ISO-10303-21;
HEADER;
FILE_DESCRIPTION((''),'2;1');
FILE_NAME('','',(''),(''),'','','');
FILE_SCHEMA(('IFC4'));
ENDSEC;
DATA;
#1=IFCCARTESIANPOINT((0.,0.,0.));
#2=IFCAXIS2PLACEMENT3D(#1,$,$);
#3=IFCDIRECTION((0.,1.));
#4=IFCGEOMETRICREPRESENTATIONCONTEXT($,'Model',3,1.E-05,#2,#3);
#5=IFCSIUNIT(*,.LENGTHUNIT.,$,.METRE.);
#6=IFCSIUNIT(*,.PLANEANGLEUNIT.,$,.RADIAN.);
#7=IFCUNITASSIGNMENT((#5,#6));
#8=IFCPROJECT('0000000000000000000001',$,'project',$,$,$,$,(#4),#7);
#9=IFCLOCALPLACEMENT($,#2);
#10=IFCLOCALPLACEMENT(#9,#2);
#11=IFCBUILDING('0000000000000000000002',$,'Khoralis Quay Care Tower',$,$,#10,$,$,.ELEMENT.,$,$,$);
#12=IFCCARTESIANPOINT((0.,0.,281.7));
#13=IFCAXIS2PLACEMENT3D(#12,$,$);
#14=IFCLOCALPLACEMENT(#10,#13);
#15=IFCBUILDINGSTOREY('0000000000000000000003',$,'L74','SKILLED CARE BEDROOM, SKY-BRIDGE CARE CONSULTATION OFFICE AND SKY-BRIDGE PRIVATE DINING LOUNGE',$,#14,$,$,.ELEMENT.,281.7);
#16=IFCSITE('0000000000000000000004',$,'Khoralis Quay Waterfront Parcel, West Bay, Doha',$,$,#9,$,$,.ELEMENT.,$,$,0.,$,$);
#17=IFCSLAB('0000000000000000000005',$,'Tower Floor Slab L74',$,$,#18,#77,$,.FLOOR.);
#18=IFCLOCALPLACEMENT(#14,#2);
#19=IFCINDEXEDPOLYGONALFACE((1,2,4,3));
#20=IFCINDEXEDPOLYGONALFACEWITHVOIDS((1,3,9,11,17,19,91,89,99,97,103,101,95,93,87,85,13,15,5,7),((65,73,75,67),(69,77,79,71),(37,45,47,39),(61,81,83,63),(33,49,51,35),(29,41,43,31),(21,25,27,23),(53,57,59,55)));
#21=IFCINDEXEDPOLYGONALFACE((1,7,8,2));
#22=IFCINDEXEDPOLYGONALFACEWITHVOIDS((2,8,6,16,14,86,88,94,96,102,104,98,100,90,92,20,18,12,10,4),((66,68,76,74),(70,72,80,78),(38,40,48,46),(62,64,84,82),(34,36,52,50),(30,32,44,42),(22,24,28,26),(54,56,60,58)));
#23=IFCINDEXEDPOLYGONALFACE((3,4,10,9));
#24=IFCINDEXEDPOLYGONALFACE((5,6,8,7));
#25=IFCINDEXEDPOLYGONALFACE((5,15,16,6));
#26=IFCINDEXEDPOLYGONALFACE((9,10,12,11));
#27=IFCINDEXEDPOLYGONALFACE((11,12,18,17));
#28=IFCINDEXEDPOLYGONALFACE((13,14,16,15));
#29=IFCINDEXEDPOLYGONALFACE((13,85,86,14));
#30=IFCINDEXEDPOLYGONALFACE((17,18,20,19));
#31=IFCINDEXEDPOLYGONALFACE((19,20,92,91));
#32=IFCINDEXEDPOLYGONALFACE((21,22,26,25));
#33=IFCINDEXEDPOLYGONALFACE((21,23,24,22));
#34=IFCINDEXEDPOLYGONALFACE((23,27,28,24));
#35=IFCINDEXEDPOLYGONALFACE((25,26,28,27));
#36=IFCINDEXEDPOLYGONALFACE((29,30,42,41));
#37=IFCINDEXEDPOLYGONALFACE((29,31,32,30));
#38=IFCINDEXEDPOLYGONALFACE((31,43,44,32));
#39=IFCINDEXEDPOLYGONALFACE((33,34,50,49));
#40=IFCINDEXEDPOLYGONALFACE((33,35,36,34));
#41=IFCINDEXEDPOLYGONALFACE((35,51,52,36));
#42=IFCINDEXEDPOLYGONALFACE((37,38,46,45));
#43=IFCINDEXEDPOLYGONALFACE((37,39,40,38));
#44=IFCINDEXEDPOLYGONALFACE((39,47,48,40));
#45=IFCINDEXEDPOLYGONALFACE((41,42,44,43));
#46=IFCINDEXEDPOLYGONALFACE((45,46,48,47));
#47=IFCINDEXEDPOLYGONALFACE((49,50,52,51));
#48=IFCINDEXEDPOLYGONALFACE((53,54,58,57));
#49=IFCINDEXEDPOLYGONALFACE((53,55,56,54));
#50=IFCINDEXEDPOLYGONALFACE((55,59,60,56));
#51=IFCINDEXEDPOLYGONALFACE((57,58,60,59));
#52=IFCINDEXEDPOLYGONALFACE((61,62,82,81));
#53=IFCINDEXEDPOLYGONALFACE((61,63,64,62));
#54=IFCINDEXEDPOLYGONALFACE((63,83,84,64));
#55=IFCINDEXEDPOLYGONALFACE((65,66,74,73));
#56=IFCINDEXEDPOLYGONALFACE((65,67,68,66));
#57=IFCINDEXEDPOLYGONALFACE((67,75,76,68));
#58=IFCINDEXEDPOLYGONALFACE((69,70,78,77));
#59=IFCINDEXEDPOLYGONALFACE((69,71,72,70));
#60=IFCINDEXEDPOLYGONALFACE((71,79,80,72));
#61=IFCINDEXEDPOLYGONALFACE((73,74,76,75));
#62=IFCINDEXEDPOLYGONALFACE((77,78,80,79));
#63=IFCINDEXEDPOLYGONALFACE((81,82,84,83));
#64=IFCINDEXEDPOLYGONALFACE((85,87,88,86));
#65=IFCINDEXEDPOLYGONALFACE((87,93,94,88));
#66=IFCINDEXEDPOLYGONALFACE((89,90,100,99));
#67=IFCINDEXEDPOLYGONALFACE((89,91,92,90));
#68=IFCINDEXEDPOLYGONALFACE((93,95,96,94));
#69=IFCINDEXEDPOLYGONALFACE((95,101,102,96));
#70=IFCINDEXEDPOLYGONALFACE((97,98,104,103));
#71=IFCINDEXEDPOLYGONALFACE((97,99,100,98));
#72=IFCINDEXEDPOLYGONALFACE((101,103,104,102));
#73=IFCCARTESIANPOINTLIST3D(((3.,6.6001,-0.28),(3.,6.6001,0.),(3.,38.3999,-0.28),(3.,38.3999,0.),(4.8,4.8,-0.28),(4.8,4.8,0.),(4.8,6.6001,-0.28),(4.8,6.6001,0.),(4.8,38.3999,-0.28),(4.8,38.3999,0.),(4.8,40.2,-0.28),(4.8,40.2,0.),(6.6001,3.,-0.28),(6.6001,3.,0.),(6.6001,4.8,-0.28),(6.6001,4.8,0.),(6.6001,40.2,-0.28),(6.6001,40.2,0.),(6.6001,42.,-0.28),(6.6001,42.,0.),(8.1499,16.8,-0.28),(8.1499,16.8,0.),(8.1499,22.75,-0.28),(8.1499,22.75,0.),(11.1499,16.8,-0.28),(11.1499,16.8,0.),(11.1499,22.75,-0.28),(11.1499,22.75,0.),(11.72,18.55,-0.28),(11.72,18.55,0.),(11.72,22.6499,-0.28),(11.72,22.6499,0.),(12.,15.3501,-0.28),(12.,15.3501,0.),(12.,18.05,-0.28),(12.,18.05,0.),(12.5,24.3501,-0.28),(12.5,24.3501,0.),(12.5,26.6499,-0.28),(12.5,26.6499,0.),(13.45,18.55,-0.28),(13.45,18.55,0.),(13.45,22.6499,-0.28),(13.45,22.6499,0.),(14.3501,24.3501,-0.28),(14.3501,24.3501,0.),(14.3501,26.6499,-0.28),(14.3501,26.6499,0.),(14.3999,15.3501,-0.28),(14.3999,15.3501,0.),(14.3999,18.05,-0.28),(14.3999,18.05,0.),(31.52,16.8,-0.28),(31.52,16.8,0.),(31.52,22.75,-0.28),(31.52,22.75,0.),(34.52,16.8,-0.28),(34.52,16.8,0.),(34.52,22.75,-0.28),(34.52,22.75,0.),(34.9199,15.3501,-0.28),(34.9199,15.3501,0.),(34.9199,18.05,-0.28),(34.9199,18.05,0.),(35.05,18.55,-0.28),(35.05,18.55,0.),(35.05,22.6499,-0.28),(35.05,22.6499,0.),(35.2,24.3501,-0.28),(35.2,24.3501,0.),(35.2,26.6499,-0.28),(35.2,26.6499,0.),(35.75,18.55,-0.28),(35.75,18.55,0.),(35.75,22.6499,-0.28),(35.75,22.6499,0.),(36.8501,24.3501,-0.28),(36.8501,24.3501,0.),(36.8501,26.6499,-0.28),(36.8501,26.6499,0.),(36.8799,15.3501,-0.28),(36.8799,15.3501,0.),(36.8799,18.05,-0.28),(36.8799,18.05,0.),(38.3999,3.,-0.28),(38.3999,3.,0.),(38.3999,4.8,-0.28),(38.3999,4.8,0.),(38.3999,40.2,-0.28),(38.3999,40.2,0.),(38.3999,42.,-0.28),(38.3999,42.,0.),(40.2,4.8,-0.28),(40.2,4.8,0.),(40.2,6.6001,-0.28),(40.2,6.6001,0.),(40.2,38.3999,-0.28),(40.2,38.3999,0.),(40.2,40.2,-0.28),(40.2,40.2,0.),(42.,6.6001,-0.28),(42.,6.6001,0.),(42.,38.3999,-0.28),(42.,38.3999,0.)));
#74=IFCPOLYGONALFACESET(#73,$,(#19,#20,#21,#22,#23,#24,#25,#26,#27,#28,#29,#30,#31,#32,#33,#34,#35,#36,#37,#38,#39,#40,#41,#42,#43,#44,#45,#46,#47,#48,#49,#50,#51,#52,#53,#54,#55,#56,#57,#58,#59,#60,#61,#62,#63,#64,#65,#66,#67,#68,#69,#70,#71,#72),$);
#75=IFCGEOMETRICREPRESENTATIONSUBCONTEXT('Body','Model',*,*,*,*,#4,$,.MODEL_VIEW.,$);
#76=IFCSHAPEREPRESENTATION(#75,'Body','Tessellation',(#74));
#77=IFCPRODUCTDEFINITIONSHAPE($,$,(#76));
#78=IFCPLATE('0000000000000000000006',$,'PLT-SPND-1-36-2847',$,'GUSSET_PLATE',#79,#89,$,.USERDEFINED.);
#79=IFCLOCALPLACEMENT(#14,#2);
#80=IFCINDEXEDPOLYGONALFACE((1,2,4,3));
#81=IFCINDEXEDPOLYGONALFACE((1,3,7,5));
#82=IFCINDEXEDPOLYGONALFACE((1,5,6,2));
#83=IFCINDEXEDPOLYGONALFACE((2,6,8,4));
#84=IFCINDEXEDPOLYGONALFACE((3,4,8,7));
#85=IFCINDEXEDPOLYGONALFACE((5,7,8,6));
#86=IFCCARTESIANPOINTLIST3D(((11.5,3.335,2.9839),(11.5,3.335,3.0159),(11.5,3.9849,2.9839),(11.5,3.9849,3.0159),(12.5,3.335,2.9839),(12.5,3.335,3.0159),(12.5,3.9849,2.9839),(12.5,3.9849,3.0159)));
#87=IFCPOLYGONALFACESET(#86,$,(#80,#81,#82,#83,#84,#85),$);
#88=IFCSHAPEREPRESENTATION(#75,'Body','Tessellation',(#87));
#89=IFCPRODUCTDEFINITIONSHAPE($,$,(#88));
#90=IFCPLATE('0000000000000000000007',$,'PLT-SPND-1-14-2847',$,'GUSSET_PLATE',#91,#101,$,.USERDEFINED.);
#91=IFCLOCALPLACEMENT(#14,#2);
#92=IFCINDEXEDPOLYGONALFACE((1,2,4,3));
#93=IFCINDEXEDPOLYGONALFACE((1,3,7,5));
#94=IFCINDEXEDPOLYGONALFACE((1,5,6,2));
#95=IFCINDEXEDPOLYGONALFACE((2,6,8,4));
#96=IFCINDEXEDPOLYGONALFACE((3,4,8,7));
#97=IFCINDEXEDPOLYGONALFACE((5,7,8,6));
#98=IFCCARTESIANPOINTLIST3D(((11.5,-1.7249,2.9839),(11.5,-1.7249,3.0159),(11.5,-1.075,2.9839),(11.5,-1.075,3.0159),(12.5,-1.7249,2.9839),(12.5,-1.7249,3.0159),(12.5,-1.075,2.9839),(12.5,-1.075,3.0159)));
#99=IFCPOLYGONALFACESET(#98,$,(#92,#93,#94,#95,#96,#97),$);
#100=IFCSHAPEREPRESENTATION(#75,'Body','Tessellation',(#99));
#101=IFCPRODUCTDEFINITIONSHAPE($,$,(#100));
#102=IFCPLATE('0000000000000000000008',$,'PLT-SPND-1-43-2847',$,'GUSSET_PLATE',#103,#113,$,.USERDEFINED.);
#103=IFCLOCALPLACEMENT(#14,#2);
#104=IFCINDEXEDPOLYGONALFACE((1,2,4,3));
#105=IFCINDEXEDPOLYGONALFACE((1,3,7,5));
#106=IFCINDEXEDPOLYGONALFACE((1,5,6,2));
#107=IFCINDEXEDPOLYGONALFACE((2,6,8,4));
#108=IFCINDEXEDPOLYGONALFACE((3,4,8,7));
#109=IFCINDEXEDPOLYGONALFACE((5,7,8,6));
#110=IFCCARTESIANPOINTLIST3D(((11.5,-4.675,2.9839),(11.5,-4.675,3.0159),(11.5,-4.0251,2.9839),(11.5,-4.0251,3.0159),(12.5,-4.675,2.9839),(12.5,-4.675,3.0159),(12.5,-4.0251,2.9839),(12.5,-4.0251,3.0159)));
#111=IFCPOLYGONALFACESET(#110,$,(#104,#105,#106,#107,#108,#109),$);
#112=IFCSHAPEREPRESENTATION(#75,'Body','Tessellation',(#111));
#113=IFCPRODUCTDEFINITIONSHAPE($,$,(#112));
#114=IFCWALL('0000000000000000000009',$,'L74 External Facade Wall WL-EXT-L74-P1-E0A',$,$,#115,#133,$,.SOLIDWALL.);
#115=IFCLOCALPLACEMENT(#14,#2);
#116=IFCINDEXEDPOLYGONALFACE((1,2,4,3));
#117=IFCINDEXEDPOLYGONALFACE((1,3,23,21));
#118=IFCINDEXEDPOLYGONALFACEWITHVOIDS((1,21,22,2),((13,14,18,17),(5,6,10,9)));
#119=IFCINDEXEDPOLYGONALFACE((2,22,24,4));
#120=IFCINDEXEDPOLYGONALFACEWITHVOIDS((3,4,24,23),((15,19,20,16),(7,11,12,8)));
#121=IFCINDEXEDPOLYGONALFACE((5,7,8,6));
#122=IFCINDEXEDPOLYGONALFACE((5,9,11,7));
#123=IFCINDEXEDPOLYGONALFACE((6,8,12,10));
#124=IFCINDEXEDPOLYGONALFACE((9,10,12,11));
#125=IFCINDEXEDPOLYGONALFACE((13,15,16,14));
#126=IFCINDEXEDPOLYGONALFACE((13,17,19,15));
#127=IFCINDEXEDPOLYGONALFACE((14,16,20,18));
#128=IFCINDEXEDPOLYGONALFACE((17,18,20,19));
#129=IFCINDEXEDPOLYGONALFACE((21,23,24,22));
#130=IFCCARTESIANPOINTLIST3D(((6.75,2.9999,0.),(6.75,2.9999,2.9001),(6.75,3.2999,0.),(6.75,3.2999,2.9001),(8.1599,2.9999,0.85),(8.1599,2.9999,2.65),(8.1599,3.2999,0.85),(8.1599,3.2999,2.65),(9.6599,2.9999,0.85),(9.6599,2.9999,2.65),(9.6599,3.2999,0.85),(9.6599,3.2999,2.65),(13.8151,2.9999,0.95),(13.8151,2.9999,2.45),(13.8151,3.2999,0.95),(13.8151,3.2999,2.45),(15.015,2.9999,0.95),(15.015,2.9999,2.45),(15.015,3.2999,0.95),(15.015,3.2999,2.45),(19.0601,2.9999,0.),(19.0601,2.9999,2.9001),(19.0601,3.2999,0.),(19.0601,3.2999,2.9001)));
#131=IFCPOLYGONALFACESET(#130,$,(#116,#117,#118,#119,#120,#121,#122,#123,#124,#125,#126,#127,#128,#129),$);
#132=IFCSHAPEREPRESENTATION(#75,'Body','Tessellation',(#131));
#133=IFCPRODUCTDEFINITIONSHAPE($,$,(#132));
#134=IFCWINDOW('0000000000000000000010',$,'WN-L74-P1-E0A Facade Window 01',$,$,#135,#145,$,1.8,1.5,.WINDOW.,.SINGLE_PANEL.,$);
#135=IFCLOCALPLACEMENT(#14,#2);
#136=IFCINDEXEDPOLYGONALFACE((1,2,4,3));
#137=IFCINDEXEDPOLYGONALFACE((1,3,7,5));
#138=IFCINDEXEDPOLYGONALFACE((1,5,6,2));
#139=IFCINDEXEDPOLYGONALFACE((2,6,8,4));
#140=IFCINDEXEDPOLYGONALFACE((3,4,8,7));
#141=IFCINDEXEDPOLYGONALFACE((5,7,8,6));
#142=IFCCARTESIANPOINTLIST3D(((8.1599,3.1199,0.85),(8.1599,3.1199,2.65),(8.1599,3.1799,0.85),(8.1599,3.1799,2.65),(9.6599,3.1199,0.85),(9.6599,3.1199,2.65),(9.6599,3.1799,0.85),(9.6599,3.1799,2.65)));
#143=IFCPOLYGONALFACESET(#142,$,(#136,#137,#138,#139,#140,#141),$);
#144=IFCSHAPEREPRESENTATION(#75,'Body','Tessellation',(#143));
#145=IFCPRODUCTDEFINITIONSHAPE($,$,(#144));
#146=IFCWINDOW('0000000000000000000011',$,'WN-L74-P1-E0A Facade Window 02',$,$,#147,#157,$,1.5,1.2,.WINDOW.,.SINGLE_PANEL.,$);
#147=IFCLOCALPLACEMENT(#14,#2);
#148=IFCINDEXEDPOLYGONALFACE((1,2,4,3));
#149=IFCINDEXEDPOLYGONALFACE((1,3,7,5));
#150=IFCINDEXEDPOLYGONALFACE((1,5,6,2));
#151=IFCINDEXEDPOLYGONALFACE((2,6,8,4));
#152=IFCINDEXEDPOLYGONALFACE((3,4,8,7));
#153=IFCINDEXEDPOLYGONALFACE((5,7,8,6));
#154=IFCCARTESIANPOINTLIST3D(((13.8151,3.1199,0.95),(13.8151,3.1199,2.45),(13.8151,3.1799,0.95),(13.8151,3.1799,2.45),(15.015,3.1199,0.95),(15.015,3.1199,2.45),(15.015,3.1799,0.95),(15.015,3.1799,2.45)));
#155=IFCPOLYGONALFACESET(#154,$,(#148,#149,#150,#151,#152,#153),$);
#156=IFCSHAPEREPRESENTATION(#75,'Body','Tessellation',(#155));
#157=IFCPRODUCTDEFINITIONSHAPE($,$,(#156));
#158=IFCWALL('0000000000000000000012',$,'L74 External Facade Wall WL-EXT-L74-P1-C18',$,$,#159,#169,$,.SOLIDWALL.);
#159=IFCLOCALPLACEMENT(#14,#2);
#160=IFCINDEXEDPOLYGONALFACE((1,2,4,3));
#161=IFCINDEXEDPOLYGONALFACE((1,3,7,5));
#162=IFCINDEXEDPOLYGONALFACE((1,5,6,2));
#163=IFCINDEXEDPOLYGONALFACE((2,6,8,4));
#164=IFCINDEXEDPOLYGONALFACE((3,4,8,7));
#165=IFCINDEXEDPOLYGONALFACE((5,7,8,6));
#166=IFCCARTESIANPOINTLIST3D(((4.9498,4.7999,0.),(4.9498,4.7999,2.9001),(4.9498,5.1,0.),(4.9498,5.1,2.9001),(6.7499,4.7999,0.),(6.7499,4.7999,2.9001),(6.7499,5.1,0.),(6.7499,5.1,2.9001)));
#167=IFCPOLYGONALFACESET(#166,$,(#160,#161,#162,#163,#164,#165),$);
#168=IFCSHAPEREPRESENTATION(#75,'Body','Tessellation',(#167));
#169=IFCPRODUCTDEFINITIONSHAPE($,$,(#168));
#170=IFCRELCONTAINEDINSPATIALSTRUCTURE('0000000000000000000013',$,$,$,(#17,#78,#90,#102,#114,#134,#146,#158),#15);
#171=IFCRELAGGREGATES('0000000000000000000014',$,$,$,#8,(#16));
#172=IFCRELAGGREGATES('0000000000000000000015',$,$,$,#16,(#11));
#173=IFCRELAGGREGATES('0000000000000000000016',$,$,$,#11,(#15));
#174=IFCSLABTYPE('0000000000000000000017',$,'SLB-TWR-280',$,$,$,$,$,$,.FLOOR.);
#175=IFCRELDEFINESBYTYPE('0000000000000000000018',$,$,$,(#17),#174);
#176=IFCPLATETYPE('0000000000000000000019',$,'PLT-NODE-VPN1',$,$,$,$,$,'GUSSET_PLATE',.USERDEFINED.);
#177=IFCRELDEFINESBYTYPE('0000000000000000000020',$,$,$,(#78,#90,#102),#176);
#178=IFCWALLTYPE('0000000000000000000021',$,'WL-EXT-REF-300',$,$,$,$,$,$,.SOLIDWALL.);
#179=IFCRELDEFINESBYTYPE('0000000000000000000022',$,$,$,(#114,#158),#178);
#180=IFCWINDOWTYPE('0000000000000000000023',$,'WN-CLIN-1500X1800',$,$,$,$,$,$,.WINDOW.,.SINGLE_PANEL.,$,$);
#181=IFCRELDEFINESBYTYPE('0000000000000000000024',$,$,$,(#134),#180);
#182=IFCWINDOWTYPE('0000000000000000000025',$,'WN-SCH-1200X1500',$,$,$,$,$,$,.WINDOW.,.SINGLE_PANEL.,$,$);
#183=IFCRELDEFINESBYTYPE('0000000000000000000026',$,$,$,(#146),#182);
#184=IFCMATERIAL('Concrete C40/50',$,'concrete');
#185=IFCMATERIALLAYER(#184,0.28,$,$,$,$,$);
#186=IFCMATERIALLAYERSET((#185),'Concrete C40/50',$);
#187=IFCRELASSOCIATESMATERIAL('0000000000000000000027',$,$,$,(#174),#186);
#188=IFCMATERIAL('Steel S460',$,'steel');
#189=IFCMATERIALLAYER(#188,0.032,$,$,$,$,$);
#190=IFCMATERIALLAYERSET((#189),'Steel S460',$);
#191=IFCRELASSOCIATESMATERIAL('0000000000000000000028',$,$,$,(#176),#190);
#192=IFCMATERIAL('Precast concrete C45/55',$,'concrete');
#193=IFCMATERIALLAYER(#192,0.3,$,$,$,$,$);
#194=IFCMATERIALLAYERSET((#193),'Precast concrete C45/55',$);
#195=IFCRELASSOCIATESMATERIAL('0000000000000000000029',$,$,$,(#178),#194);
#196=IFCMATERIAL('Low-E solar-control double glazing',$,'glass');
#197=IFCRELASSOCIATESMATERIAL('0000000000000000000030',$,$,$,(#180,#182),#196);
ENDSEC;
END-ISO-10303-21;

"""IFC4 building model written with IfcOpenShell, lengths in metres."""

from ifc_helpers import new_model, si_unit, direction, frame, frame_2d, origin, origin_2d, place, context, subcontext, project, spatial, polyline, rectangle, outline, extrude, source, transform, mapped, material, layer, layer_set, type_object, element, fill, save


model = new_model("IFC4")

# Units and contexts
model_context = context("Model", 3, precision=1e-05, world=origin(), true_north=direction((0.0, 1.0)))
body_context = subcontext(model_context, "Body", "Model", "MODEL_VIEW")
ifc_project = project(units=[si_unit("LENGTHUNIT", "METRE"), si_unit("PLANEANGLEUNIT", "RADIAN")], contexts=[model_context])

# Site, building, storey
site_placement = place(None, origin())
site = spatial("IfcSite", under=ifc_project, at=site_placement, Name="Khoralis Quay Waterfront Parcel, West Bay, Doha", CompositionType="ELEMENT", RefElevation=0.0)
building_placement = place(site_placement, origin())
building = spatial("IfcBuilding", under=site, at=building_placement, Name="Khoralis Quay Care Tower", CompositionType="ELEMENT")
storey_placement = place(building_placement, frame((0.0, 0.0, 281.7)))
storey = spatial("IfcBuildingStorey", under=building, at=storey_placement, Name="L74", Description="SKILLED CARE BEDROOM, SKY-BRIDGE CARE CONSULTATION OFFICE AND SKY-BRIDGE PRIVATE DINING LOUNGE", CompositionType="ELEMENT", Elevation=281.7)

# Shared definitions
ifc_material_1 = material(Name="Steel S460", Category="steel")

# Shared definitions
ifc_material_2 = material(Name="Precast concrete C45/55", Category="concrete")

# Slab
ifc_material_3 = material(Name="Concrete C40/50", Category="concrete")
ifc_layer_1 = layer(ifc_material_3, 0.28)
ifc_layer_set_1 = layer_set([ifc_layer_1], Name="Concrete C40/50")
slab_type_1 = type_object("IfcSlabType", Name="SLB-TWR-280", PredefinedType="FLOOR", material=ifc_layer_set_1)
slab_1_placement = place(storey_placement, frame((0.0, 0.0, -0.28)))
element("IfcSlab", 1, at=slab_1_placement, inside=storey, type_object=slab_type_1, Name="Tower Floor Slab L74", PredefinedType="FLOOR", context=body_context, shape_type="SweptSolid", body=[
    extrude(outline(polyline([(6.6001, 3.0), (38.3999, 3.0), (38.3999, 4.8), (40.2, 4.8), (40.2, 6.6001), (42.0, 6.6001), (42.0, 38.3999), (40.2, 38.3999), (40.2, 40.2), (38.3999, 40.2), (38.3999, 42.0), (6.6001, 42.0), (6.6001, 40.2), (4.8, 40.2), (4.8, 38.3999), (3.0, 38.3999), (3.0, 6.6001), (4.8, 6.6001), (4.8, 4.8), (6.6001, 4.8), (6.6001, 3.0)]), holes=[polyline([(11.1499, 16.8), (11.1499, 22.75), (8.1499, 22.75), (8.1499, 16.8), (11.1499, 16.8)]), polyline([(34.52, 16.8), (34.52, 22.75), (31.52, 22.75), (31.52, 16.8), (34.52, 16.8)]), polyline([(12.0, 15.3501), (14.3999, 15.3501), (14.3999, 18.05), (12.0, 18.05), (12.0, 15.3501)]), polyline([(34.9199, 15.3501), (36.8799, 15.3501), (36.8799, 18.05), (34.9199, 18.05), (34.9199, 15.3501)]), polyline([(12.5, 24.3501), (14.3501, 24.3501), (14.3501, 26.6499), (12.5, 26.6499), (12.5, 24.3501)]), polyline([(35.2, 24.3501), (36.8501, 24.3501), (36.8501, 26.6499), (35.2, 26.6499), (35.2, 24.3501)]), polyline([(11.72, 18.55), (13.45, 18.55), (13.45, 22.6499), (11.72, 22.6499), (11.72, 18.55)]), polyline([(35.05, 18.55), (35.75, 18.55), (35.75, 22.6499), (35.05, 22.6499), (35.05, 18.55)])]), origin(), (0.0, 0.0, 1.0), 0.28),
])

# Plates
ifc_layer_2 = layer(ifc_material_1, 0.032)
ifc_layer_set_2 = layer_set([ifc_layer_2], Name="Steel S460")
plate_type = type_object("IfcPlateType", Name="PLT-NODE-VPN1", ElementType="GUSSET_PLATE", PredefinedType="USERDEFINED", material=ifc_layer_set_2)
shared_shape_1 = source(origin(), body_context, "Body", "SweptSolid", [
    extrude(rectangle(XDim=1.0, YDim=0.6499, at=origin_2d()), origin(), (0.0, 0.0, 1.0), 0.032),
])
for number, where, z_axis, x_axis, name in (
    (2, (12.0, 3.6599, 2.9839), (0.0, 0.0, 1.0), (1.0, 0.0, 0.0), "PLT-SPND-1-36-2847"),
    (3, (12.0, -1.3999, 2.9839), (0.0, 0.0, 1.0), (1.0, 0.0, 0.0), "PLT-SPND-1-14-2847"),
    (4, (12.0, -4.3501, 2.9839), (0.0, 0.0, 1.0), (1.0, 0.0, 0.0), "PLT-SPND-1-43-2847"),
):
    element("IfcPlate", number, at=place(storey_placement, frame(where, z_axis=z_axis, x_axis=x_axis)), inside=storey, type_object=plate_type, Name=name, ObjectType="GUSSET_PLATE", PredefinedType="USERDEFINED", context=body_context, shape_type="MappedRepresentation", body=[
        mapped(shared_shape_1, transform((0.0, 0.0, 0.0), scale=1.0)),
    ])

# Wall, openings, windows
ifc_layer_3 = layer(ifc_material_2, 0.3)
ifc_layer_set_3 = layer_set([ifc_layer_3], Name="Precast concrete C45/55")
wall_type_1 = type_object("IfcWallType", Name="WL-EXT-REF-300", PredefinedType="SOLIDWALL", material=ifc_layer_set_3)
wall_1_placement = place(storey_placement, frame((6.75, 3.1499, 0.0), z_axis=(0.0, 0.0, 1.0), x_axis=(1.0, 0.0, 0.0)))
wall_1 = element("IfcWall", 5, at=wall_1_placement, inside=storey, type_object=wall_type_1, Name="L74 External Facade Wall WL-EXT-L74-P1-E0A", PredefinedType="SOLIDWALL", context=body_context, shape_type="SweptSolid", body=[
    extrude(rectangle(XDim=12.3101, YDim=0.3, at=frame_2d((6.155, 0.0))), origin(), (0.0, 0.0, 1.0), 2.9001),
])
opening_1_placement = place(wall_1_placement, frame((1.4099, 0.0, 0.8501)))
opening_1 = element("IfcOpeningElement", 6, at=opening_1_placement, cuts=wall_1, PredefinedType="OPENING", context=body_context, shape_type="SweptSolid", body=[
    extrude(rectangle(XDim=1.5, YDim=1.8, at=frame_2d((0.75, 0.8999))), frame((0.0, 0.1602, 0.0), z_axis=(0.0, -1.0, 0.0), x_axis=(1.0, 0.0, 0.0)), (0.0, 0.0, 1.0), 0.3201),
])
opening_2_placement = place(wall_1_placement, frame((7.0649, 0.0, 0.95)))
opening_2 = element("IfcOpeningElement", 7, at=opening_2_placement, cuts=wall_1, PredefinedType="OPENING", context=body_context, shape_type="SweptSolid", body=[
    extrude(rectangle(XDim=1.2, YDim=1.5, at=frame_2d((0.6001, 0.75))), frame((0.0, 0.1602, 0.0), z_axis=(0.0, -1.0, 0.0), x_axis=(1.0, 0.0, 0.0)), (0.0, 0.0, 1.0), 0.3201),
])
ifc_material_4 = material(Name="Low-E solar-control double glazing", Category="glass")
window_type_1 = type_object("IfcWindowType", Name="WN-CLIN-1500X1800", PartitioningType="SINGLE_PANEL", PredefinedType="WINDOW", material=ifc_material_4)
shared_shape_2 = source(origin(), body_context, "Body", "SweptSolid", [
    extrude(rectangle(XDim=1.5, YDim=1.8, at=frame_2d((0.75, 0.8999))), frame((0.0, 0.03, 0.0), z_axis=(0.0, -1.0, 0.0), x_axis=(1.0, 0.0, 0.0)), (0.0, 0.0, 1.0), 0.0601),
])
window_1_placement = place(opening_1_placement, origin())
window_1 = element("IfcWindow", 8, at=window_1_placement, inside=storey, type_object=window_type_1, Name="WN-L74-P1-E0A Facade Window 01", OverallHeight=1.8, OverallWidth=1.5, PartitioningType="SINGLE_PANEL", PredefinedType="WINDOW", context=body_context, shape_type="MappedRepresentation", body=[
    mapped(shared_shape_2, transform((0.0, 0.0, 0.0), scale=1.0)),
])
fill(opening_1, window_1)
window_type_2 = type_object("IfcWindowType", Name="WN-SCH-1200X1500", PartitioningType="SINGLE_PANEL", PredefinedType="WINDOW", material=ifc_material_4)
shared_shape_3 = source(origin(), body_context, "Body", "SweptSolid", [
    extrude(rectangle(XDim=1.2, YDim=1.5, at=frame_2d((0.6001, 0.75))), frame((0.0, 0.03, 0.0), z_axis=(0.0, -1.0, 0.0), x_axis=(1.0, 0.0, 0.0)), (0.0, 0.0, 1.0), 0.0601),
])
window_2_placement = place(opening_2_placement, origin())
window_2 = element("IfcWindow", 9, at=window_2_placement, inside=storey, type_object=window_type_2, Name="WN-L74-P1-E0A Facade Window 02", OverallHeight=1.5, OverallWidth=1.2, PartitioningType="SINGLE_PANEL", PredefinedType="WINDOW", context=body_context, shape_type="MappedRepresentation", body=[
    mapped(shared_shape_3, transform((0.0, 0.0, 0.0), scale=1.0)),
])
fill(opening_2, window_2)

# Wall
wall_2_placement = place(storey_placement, frame((4.95, 4.95, 0.0), z_axis=(0.0, 0.0, 1.0), x_axis=(1.0, 0.0, 0.0)))
element("IfcWall", 10, at=wall_2_placement, inside=storey, type_object=wall_type_1, Name="L74 External Facade Wall WL-EXT-L74-P1-C18", PredefinedType="SOLIDWALL", context=body_context, shape_type="SweptSolid", body=[
    extrude(rectangle(XDim=1.8, YDim=0.3, at=frame_2d((0.8999, 0.0))), origin(), (0.0, 0.0, 1.0), 2.9001),
])

save(model, "model.ifc")
